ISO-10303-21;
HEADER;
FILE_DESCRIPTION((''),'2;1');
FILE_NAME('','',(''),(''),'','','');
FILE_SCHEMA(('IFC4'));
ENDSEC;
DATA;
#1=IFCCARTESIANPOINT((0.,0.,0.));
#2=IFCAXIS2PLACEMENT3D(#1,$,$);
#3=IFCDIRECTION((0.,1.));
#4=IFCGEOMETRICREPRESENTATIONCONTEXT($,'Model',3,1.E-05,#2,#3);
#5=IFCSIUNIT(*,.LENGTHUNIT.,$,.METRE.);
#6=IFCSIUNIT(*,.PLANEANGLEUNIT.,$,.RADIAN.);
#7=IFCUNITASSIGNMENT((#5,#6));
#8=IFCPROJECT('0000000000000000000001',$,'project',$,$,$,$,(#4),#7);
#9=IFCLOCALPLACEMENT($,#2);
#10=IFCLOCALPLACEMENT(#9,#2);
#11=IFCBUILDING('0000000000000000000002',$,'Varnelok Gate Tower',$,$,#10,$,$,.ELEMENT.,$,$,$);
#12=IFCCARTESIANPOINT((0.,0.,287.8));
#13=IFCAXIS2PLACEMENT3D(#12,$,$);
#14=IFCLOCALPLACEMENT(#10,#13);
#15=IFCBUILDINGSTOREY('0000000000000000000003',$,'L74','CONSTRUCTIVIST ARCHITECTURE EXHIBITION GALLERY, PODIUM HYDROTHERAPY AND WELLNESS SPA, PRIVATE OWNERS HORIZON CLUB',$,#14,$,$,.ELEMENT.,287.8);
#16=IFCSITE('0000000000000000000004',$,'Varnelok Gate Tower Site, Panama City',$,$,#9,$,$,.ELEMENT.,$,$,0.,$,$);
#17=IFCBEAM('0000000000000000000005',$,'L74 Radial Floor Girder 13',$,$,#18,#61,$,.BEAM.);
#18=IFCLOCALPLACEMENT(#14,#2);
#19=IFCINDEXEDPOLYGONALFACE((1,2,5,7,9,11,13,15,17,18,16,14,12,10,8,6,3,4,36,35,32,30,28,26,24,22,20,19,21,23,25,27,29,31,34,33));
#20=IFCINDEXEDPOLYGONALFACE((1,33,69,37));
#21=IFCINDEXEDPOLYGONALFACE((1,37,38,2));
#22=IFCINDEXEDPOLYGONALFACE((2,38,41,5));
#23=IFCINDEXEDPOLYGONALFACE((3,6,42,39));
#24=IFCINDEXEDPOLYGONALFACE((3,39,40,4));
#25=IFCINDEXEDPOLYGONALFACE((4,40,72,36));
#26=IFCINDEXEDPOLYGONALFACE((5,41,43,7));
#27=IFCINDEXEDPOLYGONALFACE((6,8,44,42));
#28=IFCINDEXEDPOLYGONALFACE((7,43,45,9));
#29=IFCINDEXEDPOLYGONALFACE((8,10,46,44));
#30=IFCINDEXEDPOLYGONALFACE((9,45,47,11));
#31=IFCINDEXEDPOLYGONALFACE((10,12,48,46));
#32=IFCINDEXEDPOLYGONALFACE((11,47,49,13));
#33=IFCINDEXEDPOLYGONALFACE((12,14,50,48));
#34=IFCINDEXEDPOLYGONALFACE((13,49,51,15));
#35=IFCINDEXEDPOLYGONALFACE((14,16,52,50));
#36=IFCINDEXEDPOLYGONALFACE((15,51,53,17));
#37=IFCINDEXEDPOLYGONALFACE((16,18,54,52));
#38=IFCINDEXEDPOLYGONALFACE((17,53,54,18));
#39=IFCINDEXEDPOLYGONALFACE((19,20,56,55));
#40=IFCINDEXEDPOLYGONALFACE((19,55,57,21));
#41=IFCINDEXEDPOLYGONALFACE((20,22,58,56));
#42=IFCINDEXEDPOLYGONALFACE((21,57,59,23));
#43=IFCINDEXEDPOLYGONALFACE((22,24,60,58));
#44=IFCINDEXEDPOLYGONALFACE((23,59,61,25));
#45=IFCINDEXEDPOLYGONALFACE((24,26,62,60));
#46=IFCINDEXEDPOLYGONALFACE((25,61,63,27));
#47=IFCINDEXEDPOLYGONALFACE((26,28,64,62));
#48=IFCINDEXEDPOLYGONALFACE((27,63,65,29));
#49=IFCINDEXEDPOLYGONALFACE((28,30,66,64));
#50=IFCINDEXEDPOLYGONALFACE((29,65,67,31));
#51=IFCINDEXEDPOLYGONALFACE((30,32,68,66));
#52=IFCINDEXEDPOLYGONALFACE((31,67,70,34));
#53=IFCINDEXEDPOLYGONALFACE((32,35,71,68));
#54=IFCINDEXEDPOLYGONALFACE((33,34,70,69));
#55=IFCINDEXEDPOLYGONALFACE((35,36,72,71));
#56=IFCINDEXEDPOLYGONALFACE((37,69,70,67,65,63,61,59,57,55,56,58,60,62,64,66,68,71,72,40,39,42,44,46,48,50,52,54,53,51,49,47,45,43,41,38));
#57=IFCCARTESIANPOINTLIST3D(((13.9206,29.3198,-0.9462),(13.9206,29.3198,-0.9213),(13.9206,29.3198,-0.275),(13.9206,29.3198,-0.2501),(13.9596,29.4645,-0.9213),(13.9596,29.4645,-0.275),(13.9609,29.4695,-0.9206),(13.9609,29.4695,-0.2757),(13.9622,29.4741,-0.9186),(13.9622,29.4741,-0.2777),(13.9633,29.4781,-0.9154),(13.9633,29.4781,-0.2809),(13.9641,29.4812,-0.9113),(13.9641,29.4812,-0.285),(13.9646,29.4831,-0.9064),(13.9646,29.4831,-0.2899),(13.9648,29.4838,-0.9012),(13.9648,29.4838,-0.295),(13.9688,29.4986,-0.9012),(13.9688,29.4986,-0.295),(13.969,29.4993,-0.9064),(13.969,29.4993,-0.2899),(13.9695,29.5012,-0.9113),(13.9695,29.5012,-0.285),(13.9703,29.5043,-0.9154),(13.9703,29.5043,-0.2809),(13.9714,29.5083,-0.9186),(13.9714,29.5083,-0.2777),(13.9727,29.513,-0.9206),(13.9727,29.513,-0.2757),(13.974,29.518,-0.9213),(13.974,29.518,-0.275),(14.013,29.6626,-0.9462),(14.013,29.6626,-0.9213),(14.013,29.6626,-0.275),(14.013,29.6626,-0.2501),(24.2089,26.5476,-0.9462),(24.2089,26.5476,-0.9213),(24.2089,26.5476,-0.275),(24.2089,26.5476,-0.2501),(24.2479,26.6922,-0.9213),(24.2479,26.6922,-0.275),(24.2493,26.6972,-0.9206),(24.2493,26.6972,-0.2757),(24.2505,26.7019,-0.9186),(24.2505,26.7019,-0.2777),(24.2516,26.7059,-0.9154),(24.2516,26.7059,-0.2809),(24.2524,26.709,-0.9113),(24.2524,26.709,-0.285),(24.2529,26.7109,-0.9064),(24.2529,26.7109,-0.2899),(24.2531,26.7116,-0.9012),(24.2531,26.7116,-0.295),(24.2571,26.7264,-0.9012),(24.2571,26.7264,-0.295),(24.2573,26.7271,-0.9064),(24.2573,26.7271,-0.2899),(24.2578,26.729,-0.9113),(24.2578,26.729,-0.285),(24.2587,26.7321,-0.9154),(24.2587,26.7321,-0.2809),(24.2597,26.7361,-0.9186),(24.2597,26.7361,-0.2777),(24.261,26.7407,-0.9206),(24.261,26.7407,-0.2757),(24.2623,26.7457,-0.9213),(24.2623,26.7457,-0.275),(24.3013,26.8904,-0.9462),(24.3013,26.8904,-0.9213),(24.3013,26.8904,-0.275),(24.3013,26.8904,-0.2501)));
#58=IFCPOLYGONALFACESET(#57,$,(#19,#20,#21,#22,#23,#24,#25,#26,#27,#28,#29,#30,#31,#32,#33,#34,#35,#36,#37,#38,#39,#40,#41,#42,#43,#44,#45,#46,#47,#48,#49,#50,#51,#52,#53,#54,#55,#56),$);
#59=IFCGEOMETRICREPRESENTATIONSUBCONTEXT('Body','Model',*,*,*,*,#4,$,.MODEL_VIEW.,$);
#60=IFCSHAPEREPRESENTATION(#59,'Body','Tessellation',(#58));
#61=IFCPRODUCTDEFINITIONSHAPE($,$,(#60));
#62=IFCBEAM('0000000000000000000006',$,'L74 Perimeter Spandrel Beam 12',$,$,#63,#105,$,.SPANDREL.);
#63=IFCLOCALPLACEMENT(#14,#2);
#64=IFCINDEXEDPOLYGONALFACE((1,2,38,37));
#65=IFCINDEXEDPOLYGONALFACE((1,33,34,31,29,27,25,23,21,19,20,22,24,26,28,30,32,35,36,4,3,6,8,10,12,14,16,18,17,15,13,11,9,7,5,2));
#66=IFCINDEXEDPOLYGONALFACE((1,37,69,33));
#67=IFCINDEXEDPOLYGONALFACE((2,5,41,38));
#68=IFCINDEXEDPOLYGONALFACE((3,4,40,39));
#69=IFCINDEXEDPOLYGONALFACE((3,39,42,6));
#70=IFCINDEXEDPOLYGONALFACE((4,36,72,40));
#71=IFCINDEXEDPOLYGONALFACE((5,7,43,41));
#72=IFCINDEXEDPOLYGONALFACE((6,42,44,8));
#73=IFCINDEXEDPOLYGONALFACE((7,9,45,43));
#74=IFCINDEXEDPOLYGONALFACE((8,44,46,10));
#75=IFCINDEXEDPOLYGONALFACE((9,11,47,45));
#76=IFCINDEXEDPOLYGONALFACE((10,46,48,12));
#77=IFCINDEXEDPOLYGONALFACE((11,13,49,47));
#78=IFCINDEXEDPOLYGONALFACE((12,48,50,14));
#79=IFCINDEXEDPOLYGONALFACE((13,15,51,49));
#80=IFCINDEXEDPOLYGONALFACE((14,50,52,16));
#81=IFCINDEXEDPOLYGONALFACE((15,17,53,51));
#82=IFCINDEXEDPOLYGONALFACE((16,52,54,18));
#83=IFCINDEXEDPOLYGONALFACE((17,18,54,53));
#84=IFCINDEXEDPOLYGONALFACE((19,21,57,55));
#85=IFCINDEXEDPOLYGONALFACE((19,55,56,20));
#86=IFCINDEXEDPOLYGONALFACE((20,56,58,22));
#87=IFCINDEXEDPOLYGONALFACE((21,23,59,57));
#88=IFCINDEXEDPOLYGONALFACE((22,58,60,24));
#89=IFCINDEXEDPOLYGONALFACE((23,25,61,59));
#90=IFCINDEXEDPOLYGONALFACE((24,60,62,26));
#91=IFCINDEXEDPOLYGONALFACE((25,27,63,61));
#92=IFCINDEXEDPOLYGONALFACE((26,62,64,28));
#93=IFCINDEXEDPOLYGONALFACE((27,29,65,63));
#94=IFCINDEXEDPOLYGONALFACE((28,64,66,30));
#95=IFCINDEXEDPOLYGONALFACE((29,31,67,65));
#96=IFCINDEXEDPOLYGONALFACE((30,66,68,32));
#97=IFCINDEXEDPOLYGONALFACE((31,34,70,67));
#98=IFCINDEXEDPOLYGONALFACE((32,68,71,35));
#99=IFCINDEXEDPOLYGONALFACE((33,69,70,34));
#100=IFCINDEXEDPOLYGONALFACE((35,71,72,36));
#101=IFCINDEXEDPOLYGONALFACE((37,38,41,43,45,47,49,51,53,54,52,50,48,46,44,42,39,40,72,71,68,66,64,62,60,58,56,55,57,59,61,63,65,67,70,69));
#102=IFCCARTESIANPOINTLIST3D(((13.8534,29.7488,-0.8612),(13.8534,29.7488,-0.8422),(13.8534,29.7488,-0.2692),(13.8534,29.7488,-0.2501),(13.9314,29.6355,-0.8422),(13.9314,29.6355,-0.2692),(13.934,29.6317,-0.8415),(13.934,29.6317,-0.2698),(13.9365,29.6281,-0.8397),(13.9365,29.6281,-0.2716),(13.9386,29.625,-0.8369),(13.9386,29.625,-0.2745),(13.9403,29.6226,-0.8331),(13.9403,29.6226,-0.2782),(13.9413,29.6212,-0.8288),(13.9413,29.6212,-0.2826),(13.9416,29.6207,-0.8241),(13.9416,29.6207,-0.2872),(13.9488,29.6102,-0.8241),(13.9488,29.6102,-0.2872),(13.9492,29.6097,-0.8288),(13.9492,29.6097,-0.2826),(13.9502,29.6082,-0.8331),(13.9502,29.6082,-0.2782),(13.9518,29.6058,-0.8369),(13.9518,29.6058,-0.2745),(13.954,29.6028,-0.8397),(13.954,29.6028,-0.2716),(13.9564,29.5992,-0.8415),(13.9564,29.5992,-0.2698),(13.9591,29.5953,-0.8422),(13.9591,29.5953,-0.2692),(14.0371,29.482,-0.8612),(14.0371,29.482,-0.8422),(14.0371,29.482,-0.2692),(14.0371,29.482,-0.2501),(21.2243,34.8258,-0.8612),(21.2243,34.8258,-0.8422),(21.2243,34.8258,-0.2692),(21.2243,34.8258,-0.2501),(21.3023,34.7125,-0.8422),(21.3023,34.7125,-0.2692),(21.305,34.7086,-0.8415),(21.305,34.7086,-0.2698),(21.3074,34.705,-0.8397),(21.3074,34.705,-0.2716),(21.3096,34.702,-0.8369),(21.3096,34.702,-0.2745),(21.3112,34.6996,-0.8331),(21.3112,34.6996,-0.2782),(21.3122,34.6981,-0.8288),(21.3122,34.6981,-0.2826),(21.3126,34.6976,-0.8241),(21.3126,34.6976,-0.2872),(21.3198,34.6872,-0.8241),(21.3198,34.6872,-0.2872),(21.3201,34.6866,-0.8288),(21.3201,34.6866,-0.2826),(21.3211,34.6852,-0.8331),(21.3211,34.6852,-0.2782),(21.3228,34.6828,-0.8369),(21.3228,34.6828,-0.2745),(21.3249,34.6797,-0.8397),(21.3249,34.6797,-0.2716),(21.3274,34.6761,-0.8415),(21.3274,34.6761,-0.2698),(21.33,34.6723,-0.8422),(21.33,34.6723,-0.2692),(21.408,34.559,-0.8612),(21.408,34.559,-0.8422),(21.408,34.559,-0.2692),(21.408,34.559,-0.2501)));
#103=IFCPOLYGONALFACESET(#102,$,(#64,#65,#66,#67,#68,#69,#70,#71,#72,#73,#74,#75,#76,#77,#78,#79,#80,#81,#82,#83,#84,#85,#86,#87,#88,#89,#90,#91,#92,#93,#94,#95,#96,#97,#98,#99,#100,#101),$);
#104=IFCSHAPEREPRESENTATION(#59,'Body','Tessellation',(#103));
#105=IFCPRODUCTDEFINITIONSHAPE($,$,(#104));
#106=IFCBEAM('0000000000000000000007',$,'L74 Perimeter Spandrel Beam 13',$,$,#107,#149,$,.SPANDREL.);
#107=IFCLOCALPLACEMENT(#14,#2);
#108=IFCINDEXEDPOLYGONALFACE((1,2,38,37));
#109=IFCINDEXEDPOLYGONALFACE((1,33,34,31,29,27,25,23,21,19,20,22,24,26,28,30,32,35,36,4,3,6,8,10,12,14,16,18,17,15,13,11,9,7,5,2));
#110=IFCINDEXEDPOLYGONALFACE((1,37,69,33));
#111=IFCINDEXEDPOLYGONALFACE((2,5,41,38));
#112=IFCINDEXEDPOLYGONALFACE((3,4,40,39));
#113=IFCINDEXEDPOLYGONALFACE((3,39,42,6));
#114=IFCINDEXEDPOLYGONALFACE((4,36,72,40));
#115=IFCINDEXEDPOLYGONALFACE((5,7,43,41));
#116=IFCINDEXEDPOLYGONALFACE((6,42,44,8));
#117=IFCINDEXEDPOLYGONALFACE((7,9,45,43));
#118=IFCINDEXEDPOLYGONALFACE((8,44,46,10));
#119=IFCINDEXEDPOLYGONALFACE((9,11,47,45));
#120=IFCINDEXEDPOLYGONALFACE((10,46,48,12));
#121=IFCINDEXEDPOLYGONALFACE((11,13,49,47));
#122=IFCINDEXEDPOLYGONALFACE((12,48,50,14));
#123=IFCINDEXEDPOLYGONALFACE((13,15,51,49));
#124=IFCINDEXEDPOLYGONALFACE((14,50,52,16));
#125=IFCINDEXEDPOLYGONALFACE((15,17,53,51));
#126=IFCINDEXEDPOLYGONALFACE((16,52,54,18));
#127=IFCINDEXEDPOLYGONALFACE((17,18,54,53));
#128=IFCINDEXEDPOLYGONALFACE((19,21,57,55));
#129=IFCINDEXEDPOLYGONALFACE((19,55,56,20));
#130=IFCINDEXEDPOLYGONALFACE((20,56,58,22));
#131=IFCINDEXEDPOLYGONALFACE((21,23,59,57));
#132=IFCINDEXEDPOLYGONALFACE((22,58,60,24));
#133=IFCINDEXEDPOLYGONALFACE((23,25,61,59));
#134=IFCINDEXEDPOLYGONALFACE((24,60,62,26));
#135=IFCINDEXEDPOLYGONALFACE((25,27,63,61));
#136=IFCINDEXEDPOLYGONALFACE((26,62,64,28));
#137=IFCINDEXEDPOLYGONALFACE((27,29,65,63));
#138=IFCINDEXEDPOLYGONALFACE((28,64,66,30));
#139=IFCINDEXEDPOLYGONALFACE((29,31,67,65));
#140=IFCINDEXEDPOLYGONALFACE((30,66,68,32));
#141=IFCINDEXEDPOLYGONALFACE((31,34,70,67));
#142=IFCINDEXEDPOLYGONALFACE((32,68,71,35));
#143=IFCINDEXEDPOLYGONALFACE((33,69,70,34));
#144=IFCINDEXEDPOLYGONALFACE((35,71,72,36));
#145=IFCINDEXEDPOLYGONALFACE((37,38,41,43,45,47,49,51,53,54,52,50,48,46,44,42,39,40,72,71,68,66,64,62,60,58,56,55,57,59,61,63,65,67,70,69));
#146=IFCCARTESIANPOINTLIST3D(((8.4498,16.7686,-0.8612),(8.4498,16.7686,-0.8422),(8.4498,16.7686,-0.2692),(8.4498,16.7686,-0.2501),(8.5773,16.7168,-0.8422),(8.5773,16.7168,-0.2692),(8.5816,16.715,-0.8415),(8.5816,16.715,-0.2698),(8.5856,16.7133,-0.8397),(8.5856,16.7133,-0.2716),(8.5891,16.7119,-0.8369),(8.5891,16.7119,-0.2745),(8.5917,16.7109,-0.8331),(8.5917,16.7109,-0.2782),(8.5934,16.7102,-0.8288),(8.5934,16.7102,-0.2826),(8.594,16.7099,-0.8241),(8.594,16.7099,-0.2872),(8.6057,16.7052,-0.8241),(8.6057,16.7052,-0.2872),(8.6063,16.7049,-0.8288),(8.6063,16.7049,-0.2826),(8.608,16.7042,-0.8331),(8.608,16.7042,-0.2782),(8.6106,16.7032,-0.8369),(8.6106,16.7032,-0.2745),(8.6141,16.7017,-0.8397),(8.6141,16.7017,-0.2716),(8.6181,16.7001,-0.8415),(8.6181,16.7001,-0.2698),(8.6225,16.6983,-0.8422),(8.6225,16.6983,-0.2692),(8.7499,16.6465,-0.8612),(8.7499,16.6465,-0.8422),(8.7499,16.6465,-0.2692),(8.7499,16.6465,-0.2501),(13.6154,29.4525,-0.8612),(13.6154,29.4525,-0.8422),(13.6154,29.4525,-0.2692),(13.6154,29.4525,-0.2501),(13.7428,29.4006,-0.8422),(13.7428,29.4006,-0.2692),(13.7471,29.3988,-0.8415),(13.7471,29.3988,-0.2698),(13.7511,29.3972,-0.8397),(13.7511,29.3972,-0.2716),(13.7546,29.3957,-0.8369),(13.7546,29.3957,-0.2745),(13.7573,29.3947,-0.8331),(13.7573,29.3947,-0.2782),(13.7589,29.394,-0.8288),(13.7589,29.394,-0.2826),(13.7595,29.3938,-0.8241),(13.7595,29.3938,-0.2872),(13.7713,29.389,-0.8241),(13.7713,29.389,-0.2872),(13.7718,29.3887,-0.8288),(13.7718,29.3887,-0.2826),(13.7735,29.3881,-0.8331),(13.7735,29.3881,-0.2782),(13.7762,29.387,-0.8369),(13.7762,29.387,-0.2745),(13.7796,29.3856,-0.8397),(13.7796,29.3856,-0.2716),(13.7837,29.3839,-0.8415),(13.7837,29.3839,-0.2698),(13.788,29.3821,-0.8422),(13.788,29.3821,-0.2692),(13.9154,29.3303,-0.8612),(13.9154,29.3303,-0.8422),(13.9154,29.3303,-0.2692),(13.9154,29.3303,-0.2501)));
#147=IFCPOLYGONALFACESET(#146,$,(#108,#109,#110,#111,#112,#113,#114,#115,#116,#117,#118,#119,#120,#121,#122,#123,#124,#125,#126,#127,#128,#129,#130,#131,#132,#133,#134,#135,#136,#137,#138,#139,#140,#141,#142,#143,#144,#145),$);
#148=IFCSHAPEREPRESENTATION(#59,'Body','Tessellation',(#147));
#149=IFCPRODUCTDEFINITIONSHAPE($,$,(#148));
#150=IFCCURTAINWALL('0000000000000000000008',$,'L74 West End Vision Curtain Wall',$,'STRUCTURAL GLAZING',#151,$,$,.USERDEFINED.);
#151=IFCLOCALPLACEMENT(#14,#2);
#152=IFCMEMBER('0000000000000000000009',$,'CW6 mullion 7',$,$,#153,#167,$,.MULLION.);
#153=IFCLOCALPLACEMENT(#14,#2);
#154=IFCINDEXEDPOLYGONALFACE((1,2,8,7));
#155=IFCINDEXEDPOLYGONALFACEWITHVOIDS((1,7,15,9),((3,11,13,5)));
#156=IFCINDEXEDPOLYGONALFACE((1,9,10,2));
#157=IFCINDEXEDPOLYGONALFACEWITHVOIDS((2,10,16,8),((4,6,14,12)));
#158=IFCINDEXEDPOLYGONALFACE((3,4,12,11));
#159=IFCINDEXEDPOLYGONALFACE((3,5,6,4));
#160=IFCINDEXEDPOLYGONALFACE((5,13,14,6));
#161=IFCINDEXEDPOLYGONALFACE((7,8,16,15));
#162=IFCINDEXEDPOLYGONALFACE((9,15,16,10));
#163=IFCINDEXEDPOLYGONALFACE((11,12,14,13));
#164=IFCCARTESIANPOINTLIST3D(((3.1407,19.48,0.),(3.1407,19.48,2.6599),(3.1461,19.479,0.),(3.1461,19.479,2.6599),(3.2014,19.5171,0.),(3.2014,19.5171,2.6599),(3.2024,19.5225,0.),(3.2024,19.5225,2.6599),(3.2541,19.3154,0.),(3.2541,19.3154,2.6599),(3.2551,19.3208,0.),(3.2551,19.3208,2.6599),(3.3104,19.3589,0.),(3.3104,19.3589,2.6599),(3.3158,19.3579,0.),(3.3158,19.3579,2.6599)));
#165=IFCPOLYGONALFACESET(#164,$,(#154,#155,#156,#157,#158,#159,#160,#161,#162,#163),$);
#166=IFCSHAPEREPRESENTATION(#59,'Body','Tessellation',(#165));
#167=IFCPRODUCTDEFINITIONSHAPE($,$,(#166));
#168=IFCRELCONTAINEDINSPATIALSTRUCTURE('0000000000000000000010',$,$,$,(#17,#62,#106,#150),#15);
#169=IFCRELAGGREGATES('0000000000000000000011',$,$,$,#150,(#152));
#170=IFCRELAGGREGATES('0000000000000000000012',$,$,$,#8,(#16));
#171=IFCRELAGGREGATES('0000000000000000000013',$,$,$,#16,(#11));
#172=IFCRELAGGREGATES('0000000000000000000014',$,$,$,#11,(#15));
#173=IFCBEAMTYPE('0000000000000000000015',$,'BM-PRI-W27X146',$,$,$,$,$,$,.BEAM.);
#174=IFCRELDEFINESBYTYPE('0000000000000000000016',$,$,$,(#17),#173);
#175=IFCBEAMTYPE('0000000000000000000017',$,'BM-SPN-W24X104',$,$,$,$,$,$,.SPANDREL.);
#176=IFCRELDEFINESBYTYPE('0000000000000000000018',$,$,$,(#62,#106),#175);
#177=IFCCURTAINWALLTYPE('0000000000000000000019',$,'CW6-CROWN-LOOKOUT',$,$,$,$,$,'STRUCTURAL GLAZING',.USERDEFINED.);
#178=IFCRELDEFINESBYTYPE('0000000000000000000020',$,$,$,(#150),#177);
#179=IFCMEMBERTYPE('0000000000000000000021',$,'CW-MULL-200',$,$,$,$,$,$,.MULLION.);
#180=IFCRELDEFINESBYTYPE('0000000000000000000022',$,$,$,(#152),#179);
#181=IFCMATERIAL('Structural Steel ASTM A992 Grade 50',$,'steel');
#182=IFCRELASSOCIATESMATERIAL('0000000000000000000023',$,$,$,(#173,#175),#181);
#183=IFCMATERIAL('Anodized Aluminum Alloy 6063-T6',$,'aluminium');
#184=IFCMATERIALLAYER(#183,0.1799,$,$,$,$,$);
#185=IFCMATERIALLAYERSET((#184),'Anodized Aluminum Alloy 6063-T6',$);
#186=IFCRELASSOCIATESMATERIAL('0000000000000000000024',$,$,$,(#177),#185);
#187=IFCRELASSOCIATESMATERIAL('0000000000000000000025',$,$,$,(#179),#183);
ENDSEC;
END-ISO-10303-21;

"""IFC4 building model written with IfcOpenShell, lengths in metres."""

from ifc_helpers import new_model, si_unit, direction, frame, origin, origin_2d, place, context, subcontext, project, spatial, hollow_rectangle, i_section, extrude, material, layer, layer_set, material_profile, profile_set, type_object, element, aggregate, save


model = new_model("IFC4")

# Units and contexts
model_context = context("Model", 3, precision=1e-05, world=origin(), true_north=direction((0.0, 1.0)))
body_context = subcontext(model_context, "Body", "Model", "MODEL_VIEW")
ifc_project = project(units=[si_unit("LENGTHUNIT", "METRE"), si_unit("PLANEANGLEUNIT", "RADIAN")], contexts=[model_context])

# Site, building, storey
site_placement = place(None, origin())
site = spatial("IfcSite", under=ifc_project, at=site_placement, Name="Varnelok Gate Tower Site, Panama City", CompositionType="ELEMENT", RefElevation=0.0)
building_placement = place(site_placement, origin())
building = spatial("IfcBuilding", under=site, at=building_placement, Name="Varnelok Gate Tower", CompositionType="ELEMENT")
storey_placement = place(building_placement, frame((0.0, 0.0, 287.8)))
storey = spatial("IfcBuildingStorey", under=building, at=storey_placement, Name="L74", Description="CONSTRUCTIVIST ARCHITECTURE EXHIBITION GALLERY, PODIUM HYDROTHERAPY AND WELLNESS SPA, PRIVATE OWNERS HORIZON CLUB", CompositionType="ELEMENT", Elevation=287.8)

# Shared definitions
ifc_material_1 = material(Name="Structural Steel ASTM A992 Grade 50", Category="steel")

# Beams
ifc_material_profile_1 = material_profile(ifc_material_1, i_section(OverallWidth=0.355, OverallDepth=0.696, WebThickness=0.0154, FlangeThickness=0.0249, FilletRadius=0.02, at=origin_2d()), Name="W27X146")
ifc_profile_set_1 = profile_set([ifc_material_profile_1], Name="Structural Steel ASTM A992 Grade 50")
beam_type_1 = type_object("IfcBeamType", Name="BM-PRI-W27X146", PredefinedType="BEAM", material=ifc_profile_set_1)
beam_1_placement = place(storey_placement, frame((24.2551, 26.719, -0.5981), z_axis=(-0.965562, 0.260173, 0.0), x_axis=(-0.260173, -0.965562, 0.0)))
element("IfcBeam", 1, at=beam_1_placement, inside=storey, type_object=beam_type_1, Name="L74 Radial Floor Girder 13", PredefinedType="BEAM", context=body_context, shape_type="SweptSolid", body=[
    extrude(i_section(OverallWidth=0.355, OverallDepth=0.696, WebThickness=0.0154, FlangeThickness=0.0249, FilletRadius=0.02, at=origin_2d()), origin(), (0.0, 0.0, 1.0), 10.6553),
])
ifc_material_profile_2 = material_profile(ifc_material_1, i_section(OverallWidth=0.324, OverallDepth=0.6111, WebThickness=0.0127, FlangeThickness=0.019, FilletRadius=0.0181, at=origin_2d()), Name="W24X104")
ifc_profile_set_2 = profile_set([ifc_material_profile_2], Name="Structural Steel ASTM A992 Grade 50")
beam_type_2 = type_object("IfcBeamType", Name="BM-SPN-W24X104", PredefinedType="SPANDREL", material=ifc_profile_set_2)
beam_2_placement = place(storey_placement, frame((21.3162, 34.6924, -0.5557), z_axis=(-0.823549, -0.567245, 0.0), x_axis=(0.567245, -0.823549, 0.0)))
element("IfcBeam", 2, at=beam_2_placement, inside=storey, type_object=beam_type_2, Name="L74 Perimeter Spandrel Beam 12", PredefinedType="SPANDREL", context=body_context, shape_type="SweptSolid", body=[
    extrude(i_section(OverallWidth=0.324, OverallDepth=0.6111, WebThickness=0.0127, FlangeThickness=0.019, FilletRadius=0.0181, at=origin_2d()), origin(), (0.0, 0.0, 1.0), 8.9502),
])
beam_3_placement = place(storey_placement, frame((13.7654, 29.3914, -0.5557), z_axis=(-0.377174, -0.926142, 0.0), x_axis=(0.926142, -0.377174, 0.0)))
element("IfcBeam", 3, at=beam_3_placement, inside=storey, type_object=beam_type_2, Name="L74 Perimeter Spandrel Beam 13", PredefinedType="SPANDREL", context=body_context, shape_type="SweptSolid", body=[
    extrude(i_section(OverallWidth=0.324, OverallDepth=0.6111, WebThickness=0.0127, FlangeThickness=0.019, FilletRadius=0.0181, at=origin_2d()), origin(), (0.0, 0.0, 1.0), 13.6953),
])

# Curtain wall, member
ifc_material_2 = material(Name="Anodized Aluminum Alloy 6063-T6", Category="aluminium")
ifc_layer_1 = layer(ifc_material_2, 0.1799)
ifc_layer_set_1 = layer_set([ifc_layer_1], Name="Anodized Aluminum Alloy 6063-T6")
curtain_wall_type = type_object("IfcCurtainWallType", Name="CW6-CROWN-LOOKOUT", ElementType="STRUCTURAL GLAZING", PredefinedType="USERDEFINED", material=ifc_layer_set_1)
curtain_wall_placement = place(storey_placement, origin())
curtain_wall = element("IfcCurtainWall", 4, at=curtain_wall_placement, inside=storey, type_object=curtain_wall_type, Name="L74 West End Vision Curtain Wall", ObjectType="STRUCTURAL GLAZING", PredefinedType="USERDEFINED")
ifc_material_profile_3 = material_profile(ifc_material_2, hollow_rectangle(XDim=0.075, YDim=0.2, WallThickness=0.0039, at=origin_2d()), Name="ALU200X75X4")
ifc_profile_set_3 = profile_set([ifc_material_profile_3], Name="Anodized Aluminum Alloy 6063-T6")
member_type = type_object("IfcMemberType", Name="CW-MULL-200", PredefinedType="MULLION", material=ifc_profile_set_3)
member_placement = place(storey_placement, frame((3.2283, 19.4189, 0.0), z_axis=(0.0, 0.0, 1.0), x_axis=(-0.823532, -0.567269, 0.0)))
member = element("IfcMember", 5, at=member_placement, type_object=member_type, Name="CW6 mullion 7", PredefinedType="MULLION", context=body_context, shape_type="SweptSolid", body=[
    extrude(hollow_rectangle(XDim=0.075, YDim=0.2, WallThickness=0.0039, at=origin_2d()), origin(), (0.0, 0.0, 1.0), 2.6599),
])
aggregate(curtain_wall, [member])

save(model, "model.ifc")
